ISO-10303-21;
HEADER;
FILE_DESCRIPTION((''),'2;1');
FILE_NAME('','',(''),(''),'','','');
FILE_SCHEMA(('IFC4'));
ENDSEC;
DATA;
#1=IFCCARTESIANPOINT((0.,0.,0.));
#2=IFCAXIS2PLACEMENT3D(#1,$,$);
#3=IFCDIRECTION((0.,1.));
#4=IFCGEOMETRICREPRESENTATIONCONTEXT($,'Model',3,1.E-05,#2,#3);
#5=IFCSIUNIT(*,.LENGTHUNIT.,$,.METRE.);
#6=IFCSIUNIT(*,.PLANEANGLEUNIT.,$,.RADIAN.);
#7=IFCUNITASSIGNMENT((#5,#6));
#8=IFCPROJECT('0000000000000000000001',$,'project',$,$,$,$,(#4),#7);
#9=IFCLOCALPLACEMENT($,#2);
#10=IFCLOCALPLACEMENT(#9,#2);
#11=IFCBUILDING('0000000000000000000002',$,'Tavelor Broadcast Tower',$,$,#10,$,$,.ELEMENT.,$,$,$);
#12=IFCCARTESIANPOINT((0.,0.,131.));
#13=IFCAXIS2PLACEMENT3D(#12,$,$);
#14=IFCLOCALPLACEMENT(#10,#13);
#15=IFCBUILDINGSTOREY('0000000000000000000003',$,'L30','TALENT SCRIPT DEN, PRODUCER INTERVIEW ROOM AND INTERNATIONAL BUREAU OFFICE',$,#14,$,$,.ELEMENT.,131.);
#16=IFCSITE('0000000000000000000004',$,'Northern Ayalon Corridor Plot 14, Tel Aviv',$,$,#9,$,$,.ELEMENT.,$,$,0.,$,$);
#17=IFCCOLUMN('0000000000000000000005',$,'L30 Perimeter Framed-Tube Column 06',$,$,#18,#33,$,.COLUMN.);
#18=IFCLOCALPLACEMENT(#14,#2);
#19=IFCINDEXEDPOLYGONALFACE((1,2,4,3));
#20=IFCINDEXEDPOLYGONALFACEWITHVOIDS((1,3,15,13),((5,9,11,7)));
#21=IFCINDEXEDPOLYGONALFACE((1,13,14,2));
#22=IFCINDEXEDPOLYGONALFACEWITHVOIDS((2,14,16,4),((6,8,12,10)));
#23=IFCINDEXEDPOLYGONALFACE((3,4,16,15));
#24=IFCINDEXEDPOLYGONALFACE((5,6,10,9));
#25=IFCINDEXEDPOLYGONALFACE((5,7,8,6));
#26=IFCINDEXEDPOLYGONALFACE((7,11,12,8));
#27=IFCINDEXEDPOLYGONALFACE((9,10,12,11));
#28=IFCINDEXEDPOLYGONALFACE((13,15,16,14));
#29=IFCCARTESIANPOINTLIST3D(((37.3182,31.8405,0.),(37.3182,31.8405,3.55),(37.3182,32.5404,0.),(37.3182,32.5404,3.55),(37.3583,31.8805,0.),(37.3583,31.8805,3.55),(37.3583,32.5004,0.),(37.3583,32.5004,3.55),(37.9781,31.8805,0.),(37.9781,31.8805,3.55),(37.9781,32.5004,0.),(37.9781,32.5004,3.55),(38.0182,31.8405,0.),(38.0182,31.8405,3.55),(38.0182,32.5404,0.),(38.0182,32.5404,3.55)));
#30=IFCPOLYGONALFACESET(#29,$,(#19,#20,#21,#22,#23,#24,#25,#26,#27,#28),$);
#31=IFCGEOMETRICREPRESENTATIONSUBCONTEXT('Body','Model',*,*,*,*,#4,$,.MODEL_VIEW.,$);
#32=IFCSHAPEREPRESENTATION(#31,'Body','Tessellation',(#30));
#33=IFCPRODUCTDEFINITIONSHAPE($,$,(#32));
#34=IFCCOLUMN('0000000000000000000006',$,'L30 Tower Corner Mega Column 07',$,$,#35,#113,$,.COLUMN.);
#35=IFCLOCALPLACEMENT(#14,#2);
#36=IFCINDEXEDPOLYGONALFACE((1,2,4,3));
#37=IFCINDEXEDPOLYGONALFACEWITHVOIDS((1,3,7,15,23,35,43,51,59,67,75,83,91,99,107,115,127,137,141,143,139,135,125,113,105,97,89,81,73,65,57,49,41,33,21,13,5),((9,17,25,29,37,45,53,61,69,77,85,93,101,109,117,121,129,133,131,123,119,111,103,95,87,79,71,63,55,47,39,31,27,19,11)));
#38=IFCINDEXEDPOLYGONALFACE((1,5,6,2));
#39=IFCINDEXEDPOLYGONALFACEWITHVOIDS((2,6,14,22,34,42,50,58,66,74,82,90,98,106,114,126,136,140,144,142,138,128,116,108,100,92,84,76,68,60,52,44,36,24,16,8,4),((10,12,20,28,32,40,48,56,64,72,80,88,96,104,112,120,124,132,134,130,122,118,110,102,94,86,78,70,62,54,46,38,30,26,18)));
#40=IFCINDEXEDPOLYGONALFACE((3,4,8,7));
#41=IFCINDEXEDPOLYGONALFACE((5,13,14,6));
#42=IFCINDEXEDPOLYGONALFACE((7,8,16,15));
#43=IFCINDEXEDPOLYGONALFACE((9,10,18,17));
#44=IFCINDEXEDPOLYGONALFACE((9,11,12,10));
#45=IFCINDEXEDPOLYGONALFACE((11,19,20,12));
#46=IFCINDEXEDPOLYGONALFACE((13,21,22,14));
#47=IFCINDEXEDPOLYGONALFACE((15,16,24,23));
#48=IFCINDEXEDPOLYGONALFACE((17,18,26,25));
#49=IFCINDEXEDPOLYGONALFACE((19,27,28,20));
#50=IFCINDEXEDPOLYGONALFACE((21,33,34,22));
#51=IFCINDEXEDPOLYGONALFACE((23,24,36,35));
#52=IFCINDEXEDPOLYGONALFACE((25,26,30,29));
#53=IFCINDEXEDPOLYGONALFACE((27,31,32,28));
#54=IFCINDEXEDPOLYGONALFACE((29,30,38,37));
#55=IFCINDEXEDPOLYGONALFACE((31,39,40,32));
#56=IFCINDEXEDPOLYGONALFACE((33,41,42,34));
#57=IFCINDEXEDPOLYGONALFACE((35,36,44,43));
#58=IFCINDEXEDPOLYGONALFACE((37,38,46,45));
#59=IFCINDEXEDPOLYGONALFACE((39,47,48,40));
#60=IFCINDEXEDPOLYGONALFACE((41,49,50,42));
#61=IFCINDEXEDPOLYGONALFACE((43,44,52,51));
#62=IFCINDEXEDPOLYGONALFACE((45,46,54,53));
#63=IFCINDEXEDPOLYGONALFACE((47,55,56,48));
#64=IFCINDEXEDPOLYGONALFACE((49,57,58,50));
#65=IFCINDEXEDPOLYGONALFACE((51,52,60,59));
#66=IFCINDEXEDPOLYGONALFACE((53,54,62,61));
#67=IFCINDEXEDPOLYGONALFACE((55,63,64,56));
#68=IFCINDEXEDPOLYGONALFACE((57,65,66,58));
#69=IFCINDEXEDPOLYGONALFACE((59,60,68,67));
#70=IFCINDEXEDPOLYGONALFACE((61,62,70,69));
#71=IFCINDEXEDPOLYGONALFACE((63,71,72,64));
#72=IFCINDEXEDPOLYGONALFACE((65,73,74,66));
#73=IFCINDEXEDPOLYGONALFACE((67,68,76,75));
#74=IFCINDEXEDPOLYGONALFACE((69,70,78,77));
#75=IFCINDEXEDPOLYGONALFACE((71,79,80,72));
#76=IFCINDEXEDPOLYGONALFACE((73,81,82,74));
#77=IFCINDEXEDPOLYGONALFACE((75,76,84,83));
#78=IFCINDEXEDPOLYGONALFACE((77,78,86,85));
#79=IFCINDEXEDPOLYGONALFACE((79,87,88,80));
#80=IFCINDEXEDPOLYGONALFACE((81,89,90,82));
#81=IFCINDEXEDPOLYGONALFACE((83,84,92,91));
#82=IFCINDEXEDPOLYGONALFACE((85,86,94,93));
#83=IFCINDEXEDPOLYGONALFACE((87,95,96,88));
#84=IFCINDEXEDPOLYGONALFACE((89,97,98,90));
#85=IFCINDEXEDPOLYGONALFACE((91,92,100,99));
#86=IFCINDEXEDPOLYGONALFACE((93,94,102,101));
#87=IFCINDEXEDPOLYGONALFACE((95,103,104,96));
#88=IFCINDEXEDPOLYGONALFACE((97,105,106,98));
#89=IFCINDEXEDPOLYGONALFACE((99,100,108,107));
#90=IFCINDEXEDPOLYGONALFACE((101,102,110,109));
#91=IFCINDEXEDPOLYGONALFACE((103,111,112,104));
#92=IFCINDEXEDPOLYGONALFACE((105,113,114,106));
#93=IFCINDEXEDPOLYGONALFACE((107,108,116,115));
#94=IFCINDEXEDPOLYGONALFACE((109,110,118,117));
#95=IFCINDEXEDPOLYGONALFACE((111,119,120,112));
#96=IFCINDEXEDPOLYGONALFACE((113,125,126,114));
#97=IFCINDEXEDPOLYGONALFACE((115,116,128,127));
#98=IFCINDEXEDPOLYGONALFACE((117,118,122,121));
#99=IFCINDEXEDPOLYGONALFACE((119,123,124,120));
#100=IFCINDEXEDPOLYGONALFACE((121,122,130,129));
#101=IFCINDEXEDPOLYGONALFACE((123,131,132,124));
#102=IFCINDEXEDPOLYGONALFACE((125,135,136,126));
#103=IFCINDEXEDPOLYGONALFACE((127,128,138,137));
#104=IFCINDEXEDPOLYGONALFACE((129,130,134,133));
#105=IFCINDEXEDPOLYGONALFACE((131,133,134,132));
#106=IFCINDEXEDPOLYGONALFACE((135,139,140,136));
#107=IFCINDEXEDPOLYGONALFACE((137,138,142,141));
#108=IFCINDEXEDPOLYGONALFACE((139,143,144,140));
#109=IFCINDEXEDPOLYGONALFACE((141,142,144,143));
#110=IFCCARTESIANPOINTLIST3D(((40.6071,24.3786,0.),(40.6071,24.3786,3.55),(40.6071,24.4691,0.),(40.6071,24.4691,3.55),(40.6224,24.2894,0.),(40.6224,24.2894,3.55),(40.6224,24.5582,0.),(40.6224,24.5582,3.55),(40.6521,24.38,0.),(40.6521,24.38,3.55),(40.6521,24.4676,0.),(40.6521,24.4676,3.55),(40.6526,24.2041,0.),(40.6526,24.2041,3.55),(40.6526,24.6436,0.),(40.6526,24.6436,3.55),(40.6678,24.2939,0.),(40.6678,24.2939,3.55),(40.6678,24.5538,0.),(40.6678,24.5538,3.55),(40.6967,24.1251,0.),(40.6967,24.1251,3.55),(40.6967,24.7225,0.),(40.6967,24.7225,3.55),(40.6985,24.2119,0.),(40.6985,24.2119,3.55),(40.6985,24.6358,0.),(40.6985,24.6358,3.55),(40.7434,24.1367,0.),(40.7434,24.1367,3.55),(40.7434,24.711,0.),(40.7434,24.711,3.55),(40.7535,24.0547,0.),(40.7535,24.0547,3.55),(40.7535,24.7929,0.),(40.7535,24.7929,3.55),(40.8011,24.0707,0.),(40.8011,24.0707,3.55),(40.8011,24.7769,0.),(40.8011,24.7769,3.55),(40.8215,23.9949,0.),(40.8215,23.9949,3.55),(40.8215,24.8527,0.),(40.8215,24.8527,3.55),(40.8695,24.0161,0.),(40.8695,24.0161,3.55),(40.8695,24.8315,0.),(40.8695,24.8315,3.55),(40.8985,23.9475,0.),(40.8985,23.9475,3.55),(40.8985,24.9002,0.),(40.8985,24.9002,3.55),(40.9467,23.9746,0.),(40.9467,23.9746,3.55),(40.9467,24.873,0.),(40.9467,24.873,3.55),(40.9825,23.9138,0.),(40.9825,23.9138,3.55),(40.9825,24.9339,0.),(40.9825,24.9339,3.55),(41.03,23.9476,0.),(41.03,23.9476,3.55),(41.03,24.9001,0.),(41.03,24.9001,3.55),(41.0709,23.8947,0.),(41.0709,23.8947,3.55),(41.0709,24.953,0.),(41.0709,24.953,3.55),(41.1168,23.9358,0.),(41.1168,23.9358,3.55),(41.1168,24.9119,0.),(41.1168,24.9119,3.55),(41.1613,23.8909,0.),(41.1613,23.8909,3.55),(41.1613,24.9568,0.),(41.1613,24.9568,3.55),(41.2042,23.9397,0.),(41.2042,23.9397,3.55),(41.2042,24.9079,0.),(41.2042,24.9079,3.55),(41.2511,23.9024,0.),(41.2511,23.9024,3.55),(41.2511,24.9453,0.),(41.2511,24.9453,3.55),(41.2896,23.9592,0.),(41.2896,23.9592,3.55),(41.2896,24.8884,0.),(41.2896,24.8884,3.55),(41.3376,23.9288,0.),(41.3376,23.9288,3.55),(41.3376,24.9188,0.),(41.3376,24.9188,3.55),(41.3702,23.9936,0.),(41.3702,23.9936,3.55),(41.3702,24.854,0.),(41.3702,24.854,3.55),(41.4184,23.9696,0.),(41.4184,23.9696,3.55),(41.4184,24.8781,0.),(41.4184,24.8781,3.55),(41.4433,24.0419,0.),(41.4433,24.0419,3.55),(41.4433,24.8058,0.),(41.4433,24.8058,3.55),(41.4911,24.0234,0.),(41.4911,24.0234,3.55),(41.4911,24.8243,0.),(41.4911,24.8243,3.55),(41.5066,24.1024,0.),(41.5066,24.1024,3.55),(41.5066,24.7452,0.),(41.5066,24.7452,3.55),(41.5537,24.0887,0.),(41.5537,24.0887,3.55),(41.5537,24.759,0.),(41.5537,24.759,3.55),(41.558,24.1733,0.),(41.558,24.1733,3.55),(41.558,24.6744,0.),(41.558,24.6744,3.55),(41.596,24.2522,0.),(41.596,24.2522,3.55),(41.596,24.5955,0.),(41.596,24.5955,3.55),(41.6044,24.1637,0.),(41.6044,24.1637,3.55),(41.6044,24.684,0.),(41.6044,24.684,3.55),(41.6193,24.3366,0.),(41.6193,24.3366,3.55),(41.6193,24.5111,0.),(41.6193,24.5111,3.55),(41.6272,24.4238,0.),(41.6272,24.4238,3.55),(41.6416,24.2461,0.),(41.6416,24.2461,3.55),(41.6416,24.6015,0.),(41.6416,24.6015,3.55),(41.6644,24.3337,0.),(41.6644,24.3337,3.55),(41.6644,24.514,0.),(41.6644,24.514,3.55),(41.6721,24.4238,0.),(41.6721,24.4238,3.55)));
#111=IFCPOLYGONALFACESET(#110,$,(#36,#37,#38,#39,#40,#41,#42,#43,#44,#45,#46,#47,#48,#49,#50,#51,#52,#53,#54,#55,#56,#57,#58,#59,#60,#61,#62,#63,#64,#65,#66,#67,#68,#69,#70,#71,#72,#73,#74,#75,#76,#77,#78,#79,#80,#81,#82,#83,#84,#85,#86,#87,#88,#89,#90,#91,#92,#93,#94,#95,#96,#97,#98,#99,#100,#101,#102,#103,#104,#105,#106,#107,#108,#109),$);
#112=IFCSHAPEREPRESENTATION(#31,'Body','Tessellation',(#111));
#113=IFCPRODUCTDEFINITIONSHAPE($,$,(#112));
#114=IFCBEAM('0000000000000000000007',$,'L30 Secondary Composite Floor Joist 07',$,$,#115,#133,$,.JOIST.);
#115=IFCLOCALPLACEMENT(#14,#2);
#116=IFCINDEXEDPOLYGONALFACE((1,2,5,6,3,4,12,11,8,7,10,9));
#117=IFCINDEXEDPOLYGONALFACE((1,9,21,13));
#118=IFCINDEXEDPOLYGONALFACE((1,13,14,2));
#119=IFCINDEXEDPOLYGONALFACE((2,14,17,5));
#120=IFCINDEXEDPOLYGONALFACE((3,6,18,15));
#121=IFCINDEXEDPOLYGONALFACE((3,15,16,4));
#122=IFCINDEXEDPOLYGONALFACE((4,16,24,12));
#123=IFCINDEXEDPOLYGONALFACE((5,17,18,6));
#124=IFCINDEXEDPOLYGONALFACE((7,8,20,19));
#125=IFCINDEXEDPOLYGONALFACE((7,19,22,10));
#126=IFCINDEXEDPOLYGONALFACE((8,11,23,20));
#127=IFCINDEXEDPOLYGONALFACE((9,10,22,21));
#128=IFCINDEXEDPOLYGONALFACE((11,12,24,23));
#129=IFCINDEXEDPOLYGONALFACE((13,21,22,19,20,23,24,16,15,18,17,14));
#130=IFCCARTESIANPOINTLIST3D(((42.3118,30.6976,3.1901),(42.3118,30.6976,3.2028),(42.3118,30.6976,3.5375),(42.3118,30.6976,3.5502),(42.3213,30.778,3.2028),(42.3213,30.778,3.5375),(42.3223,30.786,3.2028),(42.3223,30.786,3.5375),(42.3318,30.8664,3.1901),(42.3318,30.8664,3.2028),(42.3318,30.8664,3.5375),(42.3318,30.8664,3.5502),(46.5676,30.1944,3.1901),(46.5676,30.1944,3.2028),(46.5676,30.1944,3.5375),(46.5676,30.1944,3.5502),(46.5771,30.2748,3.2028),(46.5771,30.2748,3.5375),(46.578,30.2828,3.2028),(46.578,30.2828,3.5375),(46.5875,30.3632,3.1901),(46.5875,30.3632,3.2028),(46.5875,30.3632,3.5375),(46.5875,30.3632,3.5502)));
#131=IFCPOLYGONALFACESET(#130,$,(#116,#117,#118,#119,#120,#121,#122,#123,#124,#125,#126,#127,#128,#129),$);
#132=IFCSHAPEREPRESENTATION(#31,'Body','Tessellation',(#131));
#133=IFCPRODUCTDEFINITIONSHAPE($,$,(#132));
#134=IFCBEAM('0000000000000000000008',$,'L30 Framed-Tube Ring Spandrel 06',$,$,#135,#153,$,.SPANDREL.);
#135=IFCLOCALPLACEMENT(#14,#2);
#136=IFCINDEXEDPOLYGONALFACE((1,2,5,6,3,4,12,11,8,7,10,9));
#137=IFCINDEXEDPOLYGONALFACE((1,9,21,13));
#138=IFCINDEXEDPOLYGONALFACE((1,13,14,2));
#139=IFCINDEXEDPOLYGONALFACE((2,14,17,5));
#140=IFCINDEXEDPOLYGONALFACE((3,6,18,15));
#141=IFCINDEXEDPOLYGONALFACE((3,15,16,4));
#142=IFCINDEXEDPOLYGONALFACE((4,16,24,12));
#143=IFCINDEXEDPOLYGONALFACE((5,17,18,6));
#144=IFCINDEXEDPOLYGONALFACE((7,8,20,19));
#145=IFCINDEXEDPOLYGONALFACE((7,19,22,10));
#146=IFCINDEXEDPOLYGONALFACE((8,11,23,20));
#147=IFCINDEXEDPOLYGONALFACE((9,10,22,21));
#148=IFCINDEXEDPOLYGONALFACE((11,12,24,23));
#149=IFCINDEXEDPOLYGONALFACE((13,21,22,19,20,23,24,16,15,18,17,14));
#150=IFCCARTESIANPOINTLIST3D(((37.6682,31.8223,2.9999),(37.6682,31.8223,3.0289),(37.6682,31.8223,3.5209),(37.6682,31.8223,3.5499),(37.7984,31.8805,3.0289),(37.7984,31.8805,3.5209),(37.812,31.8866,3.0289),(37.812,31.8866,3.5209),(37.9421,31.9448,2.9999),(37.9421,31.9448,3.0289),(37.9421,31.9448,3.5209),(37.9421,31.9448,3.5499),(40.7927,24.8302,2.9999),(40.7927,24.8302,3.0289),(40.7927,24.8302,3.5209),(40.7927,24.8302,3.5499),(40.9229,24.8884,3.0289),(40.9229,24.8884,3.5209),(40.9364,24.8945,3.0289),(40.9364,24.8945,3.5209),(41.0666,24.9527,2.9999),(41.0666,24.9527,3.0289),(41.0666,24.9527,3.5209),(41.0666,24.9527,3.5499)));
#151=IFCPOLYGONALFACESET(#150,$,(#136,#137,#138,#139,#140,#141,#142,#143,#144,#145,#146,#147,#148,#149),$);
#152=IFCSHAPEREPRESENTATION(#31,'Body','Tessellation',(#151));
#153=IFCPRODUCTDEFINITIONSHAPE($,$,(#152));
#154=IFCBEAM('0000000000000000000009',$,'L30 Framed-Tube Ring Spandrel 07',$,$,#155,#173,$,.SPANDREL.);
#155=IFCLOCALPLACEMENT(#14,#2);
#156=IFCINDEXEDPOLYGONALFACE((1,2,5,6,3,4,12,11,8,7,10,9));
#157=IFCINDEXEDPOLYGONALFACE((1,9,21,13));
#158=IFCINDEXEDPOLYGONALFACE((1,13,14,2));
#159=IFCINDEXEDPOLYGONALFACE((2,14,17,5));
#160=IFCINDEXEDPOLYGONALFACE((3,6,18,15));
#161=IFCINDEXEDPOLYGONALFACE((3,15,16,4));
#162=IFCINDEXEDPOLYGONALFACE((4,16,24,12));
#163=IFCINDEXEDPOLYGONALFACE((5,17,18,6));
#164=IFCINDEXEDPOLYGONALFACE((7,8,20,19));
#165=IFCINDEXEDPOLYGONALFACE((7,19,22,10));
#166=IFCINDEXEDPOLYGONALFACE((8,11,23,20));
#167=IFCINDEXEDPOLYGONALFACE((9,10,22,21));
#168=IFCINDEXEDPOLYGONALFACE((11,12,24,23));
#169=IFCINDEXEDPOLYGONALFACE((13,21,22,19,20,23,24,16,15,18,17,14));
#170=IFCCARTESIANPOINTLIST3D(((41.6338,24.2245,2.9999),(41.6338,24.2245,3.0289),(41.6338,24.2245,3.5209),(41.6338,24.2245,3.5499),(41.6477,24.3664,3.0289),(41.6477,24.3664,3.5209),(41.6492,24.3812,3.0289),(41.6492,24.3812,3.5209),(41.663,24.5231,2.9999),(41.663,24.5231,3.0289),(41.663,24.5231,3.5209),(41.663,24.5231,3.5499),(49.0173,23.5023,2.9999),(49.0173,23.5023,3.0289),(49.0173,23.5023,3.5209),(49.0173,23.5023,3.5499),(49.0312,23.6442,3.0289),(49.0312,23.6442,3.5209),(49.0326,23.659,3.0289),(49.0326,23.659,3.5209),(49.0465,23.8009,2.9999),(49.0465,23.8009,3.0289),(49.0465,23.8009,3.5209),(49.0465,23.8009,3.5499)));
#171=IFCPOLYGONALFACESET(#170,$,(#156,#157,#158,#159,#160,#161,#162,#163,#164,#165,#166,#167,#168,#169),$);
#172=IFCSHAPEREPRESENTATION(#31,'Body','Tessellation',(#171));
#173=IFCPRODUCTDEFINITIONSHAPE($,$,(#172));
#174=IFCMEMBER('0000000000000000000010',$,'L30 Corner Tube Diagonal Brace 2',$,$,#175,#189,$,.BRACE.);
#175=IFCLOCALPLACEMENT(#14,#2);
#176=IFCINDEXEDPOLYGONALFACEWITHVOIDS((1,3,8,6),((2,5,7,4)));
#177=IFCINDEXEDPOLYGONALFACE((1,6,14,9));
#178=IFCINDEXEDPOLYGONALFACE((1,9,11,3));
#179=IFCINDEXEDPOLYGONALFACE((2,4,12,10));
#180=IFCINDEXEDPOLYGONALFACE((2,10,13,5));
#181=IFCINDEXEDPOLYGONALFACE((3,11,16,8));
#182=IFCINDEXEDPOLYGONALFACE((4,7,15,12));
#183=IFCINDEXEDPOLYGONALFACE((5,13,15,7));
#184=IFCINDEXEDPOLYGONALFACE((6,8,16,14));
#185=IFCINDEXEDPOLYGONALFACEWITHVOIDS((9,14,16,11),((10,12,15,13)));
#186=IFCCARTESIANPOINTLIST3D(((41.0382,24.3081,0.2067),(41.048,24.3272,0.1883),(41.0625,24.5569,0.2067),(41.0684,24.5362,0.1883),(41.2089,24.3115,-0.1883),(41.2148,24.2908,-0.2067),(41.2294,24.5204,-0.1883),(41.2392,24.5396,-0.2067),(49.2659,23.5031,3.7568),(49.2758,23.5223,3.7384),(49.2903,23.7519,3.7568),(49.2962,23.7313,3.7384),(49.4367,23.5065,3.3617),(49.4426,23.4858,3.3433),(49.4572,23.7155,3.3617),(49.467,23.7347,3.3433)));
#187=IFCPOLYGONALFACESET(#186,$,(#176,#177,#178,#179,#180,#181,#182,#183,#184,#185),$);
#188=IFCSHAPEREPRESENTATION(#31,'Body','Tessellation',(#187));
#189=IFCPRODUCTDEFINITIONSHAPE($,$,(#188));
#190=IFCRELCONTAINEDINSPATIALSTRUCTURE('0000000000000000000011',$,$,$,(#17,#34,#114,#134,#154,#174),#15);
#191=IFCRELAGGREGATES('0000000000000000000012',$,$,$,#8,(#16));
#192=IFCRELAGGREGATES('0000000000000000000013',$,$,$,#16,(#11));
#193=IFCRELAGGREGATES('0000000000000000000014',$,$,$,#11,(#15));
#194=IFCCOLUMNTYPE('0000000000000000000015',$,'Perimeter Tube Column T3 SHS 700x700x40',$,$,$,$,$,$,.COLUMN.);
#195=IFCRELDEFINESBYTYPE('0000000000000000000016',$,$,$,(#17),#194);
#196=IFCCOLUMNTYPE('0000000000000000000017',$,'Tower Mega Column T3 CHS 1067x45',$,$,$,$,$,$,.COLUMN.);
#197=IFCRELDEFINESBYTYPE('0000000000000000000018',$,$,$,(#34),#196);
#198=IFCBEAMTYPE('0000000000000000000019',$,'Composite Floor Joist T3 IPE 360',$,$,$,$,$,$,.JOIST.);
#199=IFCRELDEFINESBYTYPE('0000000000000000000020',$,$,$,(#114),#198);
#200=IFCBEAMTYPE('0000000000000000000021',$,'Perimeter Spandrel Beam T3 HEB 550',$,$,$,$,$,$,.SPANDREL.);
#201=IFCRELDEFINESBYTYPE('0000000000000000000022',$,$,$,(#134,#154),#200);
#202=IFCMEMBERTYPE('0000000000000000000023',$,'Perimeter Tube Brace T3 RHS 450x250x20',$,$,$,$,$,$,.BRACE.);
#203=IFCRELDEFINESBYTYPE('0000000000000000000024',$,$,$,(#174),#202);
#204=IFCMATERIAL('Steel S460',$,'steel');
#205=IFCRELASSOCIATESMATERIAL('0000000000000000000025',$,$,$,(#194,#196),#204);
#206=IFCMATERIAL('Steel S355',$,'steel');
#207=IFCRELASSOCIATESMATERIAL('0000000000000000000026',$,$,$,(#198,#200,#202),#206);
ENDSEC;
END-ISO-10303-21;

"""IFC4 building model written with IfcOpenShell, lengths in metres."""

from ifc_helpers import new_model, si_unit, direction, frame, origin, origin_2d, place, context, subcontext, project, spatial, hollow_rectangle, hollow_circle, i_section, extrude, material, material_profile, profile_set, type_object, element, save


model = new_model("IFC4")

# Units and contexts
model_context = context("Model", 3, precision=1e-05, world=origin(), true_north=direction((0.0, 1.0)))
body_context = subcontext(model_context, "Body", "Model", "MODEL_VIEW")
ifc_project = project(units=[si_unit("LENGTHUNIT", "METRE"), si_unit("PLANEANGLEUNIT", "RADIAN")], contexts=[model_context])

# Site, building, storey
site_placement = place(None, origin())
site = spatial("IfcSite", under=ifc_project, at=site_placement, Name="Northern Ayalon Corridor Plot 14, Tel Aviv", CompositionType="ELEMENT", RefElevation=0.0)
building_placement = place(site_placement, origin())
building = spatial("IfcBuilding", under=site, at=building_placement, Name="Tavelor Broadcast Tower", CompositionType="ELEMENT")
storey_placement = place(building_placement, frame((0.0, 0.0, 131.0)))
storey = spatial("IfcBuildingStorey", under=building, at=storey_placement, Name="L30", Description="TALENT SCRIPT DEN, PRODUCER INTERVIEW ROOM AND INTERNATIONAL BUREAU OFFICE", CompositionType="ELEMENT", Elevation=131.0)

# Columns
ifc_material_1 = material(Name="Steel S460", Category="steel")
ifc_material_profile_1 = material_profile(ifc_material_1, hollow_rectangle(XDim=0.7, YDim=0.7, WallThickness=0.04, at=origin_2d()), Name="SHS 700x700x40")
ifc_profile_set_1 = profile_set([ifc_material_profile_1], Name="Steel S460")
column_type_1 = type_object("IfcColumnType", Name="Perimeter Tube Column T3 SHS 700x700x40", PredefinedType="COLUMN", material=ifc_profile_set_1)
column_1_placement = place(storey_placement, frame((37.6682, 32.1904, 0.0), z_axis=(0.0, 0.0, 1.0), x_axis=(1.0, 0.0, 0.0)))
element("IfcColumn", 1, at=column_1_placement, inside=storey, type_object=column_type_1, Name="L30 Perimeter Framed-Tube Column 06", PredefinedType="COLUMN", context=body_context, shape_type="SweptSolid", body=[
    extrude(hollow_rectangle(XDim=0.7, YDim=0.7, WallThickness=0.04, at=origin_2d()), origin(), (0.0, 0.0, 1.0), 3.55),
])
ifc_material_profile_2 = material_profile(ifc_material_1, hollow_circle(Radius=0.5334, WallThickness=0.0449, at=origin_2d()), Name="CHS 1067x45")
ifc_profile_set_2 = profile_set([ifc_material_profile_2], Name="Steel S460")
column_type_2 = type_object("IfcColumnType", Name="Tower Mega Column T3 CHS 1067x45", PredefinedType="COLUMN", material=ifc_profile_set_2)
column_2_placement = place(storey_placement, frame((41.1387, 24.4238, 0.0), z_axis=(0.0, 0.0, 1.0), x_axis=(1.0, 0.0, 0.0)))
element("IfcColumn", 2, at=column_2_placement, inside=storey, type_object=column_type_2, Name="L30 Tower Corner Mega Column 07", PredefinedType="COLUMN", context=body_context, shape_type="SweptSolid", body=[
    extrude(hollow_circle(Radius=0.5334, WallThickness=0.0449, at=origin_2d()), origin(), (0.0, 0.0, 1.0), 3.55),
])

# Beams
ifc_material_2 = material(Name="Steel S355", Category="steel")
ifc_material_profile_3 = material_profile(ifc_material_2, i_section(OverallWidth=0.1699, OverallDepth=0.3601, WebThickness=0.0081, FlangeThickness=0.0127, at=origin_2d()), Name="IPE 360")
ifc_profile_set_3 = profile_set([ifc_material_profile_3], Name="Steel S355")
beam_type_1 = type_object("IfcBeamType", Name="Composite Floor Joist T3 IPE 360", PredefinedType="JOIST", material=ifc_profile_set_3)
beam_1_placement = place(storey_placement, frame((42.3218, 30.782, 3.3701), z_axis=(0.993083, -0.117413, 0.0), x_axis=(0.117413, 0.993083, 0.0)))
element("IfcBeam", 3, at=beam_1_placement, inside=storey, type_object=beam_type_1, Name="L30 Secondary Composite Floor Joist 07", PredefinedType="JOIST", context=body_context, shape_type="SweptSolid", body=[
    extrude(i_section(OverallWidth=0.1699, OverallDepth=0.3601, WebThickness=0.0081, FlangeThickness=0.0127, at=origin_2d()), origin(), (0.0, 0.0, 1.0), 4.2854),
])
ifc_material_profile_4 = material_profile(ifc_material_2, i_section(OverallWidth=0.3, OverallDepth=0.55, WebThickness=0.0149, FlangeThickness=0.0291, at=origin_2d()), Name="HEB 550")
ifc_profile_set_4 = profile_set([ifc_material_profile_4], Name="Steel S355")
beam_type_2 = type_object("IfcBeamType", Name="Perimeter Spandrel Beam T3 HEB 550", PredefinedType="SPANDREL", material=ifc_profile_set_4)
beam_2_placement = place(storey_placement, frame((37.8052, 31.8835, 3.2749), z_axis=(0.407977, -0.912992, 0.0), x_axis=(0.912992, 0.407977, 0.0)))
element("IfcBeam", 4, at=beam_2_placement, inside=storey, type_object=beam_type_2, Name="L30 Framed-Tube Ring Spandrel 06", PredefinedType="SPANDREL", context=body_context, shape_type="SweptSolid", body=[
    extrude(i_section(OverallWidth=0.3, OverallDepth=0.55, WebThickness=0.0149, FlangeThickness=0.0291, at=origin_2d()), origin(), (0.0, 0.0, 1.0), 7.6584),
])
beam_3_placement = place(storey_placement, frame((41.6484, 24.3738, 3.2749), z_axis=(0.995251, -0.097343, 0.0), x_axis=(0.097343, 0.995251, 0.0)))
element("IfcBeam", 5, at=beam_3_placement, inside=storey, type_object=beam_type_2, Name="L30 Framed-Tube Ring Spandrel 07", PredefinedType="SPANDREL", context=body_context, shape_type="SweptSolid", body=[
    extrude(i_section(OverallWidth=0.3, OverallDepth=0.55, WebThickness=0.0149, FlangeThickness=0.0291, at=origin_2d()), origin(), (0.0, 0.0, 1.0), 7.4187),
])

# Member
ifc_material_profile_5 = material_profile(ifc_material_2, hollow_rectangle(XDim=0.25, YDim=0.45, WallThickness=0.02, at=origin_2d()), Name="RHS 450x250x20")
ifc_profile_set_5 = profile_set([ifc_material_profile_5], Name="Steel S355")
member_type_1 = type_object("IfcMemberType", Name="Perimeter Tube Brace T3 RHS 450x250x20", PredefinedType="BRACE", material=ifc_profile_set_5)
member_1_placement = place(storey_placement, frame((41.1387, 24.4238, 0.0), z_axis=(0.914496, -0.089466, 0.394579), x_axis=(0.097366, 0.995249, 0.0)))
element("IfcMember", 6, at=member_1_placement, inside=storey, type_object=member_type_1, Name="L30 Corner Tube Diagonal Brace 2", PredefinedType="BRACE", context=body_context, shape_type="SweptSolid", body=[
    extrude(hollow_rectangle(XDim=0.25, YDim=0.45, WallThickness=0.02, at=origin_2d()), origin(), (0.0, 0.0, 1.0), 8.9971),
])

save(model, "model.ifc")
